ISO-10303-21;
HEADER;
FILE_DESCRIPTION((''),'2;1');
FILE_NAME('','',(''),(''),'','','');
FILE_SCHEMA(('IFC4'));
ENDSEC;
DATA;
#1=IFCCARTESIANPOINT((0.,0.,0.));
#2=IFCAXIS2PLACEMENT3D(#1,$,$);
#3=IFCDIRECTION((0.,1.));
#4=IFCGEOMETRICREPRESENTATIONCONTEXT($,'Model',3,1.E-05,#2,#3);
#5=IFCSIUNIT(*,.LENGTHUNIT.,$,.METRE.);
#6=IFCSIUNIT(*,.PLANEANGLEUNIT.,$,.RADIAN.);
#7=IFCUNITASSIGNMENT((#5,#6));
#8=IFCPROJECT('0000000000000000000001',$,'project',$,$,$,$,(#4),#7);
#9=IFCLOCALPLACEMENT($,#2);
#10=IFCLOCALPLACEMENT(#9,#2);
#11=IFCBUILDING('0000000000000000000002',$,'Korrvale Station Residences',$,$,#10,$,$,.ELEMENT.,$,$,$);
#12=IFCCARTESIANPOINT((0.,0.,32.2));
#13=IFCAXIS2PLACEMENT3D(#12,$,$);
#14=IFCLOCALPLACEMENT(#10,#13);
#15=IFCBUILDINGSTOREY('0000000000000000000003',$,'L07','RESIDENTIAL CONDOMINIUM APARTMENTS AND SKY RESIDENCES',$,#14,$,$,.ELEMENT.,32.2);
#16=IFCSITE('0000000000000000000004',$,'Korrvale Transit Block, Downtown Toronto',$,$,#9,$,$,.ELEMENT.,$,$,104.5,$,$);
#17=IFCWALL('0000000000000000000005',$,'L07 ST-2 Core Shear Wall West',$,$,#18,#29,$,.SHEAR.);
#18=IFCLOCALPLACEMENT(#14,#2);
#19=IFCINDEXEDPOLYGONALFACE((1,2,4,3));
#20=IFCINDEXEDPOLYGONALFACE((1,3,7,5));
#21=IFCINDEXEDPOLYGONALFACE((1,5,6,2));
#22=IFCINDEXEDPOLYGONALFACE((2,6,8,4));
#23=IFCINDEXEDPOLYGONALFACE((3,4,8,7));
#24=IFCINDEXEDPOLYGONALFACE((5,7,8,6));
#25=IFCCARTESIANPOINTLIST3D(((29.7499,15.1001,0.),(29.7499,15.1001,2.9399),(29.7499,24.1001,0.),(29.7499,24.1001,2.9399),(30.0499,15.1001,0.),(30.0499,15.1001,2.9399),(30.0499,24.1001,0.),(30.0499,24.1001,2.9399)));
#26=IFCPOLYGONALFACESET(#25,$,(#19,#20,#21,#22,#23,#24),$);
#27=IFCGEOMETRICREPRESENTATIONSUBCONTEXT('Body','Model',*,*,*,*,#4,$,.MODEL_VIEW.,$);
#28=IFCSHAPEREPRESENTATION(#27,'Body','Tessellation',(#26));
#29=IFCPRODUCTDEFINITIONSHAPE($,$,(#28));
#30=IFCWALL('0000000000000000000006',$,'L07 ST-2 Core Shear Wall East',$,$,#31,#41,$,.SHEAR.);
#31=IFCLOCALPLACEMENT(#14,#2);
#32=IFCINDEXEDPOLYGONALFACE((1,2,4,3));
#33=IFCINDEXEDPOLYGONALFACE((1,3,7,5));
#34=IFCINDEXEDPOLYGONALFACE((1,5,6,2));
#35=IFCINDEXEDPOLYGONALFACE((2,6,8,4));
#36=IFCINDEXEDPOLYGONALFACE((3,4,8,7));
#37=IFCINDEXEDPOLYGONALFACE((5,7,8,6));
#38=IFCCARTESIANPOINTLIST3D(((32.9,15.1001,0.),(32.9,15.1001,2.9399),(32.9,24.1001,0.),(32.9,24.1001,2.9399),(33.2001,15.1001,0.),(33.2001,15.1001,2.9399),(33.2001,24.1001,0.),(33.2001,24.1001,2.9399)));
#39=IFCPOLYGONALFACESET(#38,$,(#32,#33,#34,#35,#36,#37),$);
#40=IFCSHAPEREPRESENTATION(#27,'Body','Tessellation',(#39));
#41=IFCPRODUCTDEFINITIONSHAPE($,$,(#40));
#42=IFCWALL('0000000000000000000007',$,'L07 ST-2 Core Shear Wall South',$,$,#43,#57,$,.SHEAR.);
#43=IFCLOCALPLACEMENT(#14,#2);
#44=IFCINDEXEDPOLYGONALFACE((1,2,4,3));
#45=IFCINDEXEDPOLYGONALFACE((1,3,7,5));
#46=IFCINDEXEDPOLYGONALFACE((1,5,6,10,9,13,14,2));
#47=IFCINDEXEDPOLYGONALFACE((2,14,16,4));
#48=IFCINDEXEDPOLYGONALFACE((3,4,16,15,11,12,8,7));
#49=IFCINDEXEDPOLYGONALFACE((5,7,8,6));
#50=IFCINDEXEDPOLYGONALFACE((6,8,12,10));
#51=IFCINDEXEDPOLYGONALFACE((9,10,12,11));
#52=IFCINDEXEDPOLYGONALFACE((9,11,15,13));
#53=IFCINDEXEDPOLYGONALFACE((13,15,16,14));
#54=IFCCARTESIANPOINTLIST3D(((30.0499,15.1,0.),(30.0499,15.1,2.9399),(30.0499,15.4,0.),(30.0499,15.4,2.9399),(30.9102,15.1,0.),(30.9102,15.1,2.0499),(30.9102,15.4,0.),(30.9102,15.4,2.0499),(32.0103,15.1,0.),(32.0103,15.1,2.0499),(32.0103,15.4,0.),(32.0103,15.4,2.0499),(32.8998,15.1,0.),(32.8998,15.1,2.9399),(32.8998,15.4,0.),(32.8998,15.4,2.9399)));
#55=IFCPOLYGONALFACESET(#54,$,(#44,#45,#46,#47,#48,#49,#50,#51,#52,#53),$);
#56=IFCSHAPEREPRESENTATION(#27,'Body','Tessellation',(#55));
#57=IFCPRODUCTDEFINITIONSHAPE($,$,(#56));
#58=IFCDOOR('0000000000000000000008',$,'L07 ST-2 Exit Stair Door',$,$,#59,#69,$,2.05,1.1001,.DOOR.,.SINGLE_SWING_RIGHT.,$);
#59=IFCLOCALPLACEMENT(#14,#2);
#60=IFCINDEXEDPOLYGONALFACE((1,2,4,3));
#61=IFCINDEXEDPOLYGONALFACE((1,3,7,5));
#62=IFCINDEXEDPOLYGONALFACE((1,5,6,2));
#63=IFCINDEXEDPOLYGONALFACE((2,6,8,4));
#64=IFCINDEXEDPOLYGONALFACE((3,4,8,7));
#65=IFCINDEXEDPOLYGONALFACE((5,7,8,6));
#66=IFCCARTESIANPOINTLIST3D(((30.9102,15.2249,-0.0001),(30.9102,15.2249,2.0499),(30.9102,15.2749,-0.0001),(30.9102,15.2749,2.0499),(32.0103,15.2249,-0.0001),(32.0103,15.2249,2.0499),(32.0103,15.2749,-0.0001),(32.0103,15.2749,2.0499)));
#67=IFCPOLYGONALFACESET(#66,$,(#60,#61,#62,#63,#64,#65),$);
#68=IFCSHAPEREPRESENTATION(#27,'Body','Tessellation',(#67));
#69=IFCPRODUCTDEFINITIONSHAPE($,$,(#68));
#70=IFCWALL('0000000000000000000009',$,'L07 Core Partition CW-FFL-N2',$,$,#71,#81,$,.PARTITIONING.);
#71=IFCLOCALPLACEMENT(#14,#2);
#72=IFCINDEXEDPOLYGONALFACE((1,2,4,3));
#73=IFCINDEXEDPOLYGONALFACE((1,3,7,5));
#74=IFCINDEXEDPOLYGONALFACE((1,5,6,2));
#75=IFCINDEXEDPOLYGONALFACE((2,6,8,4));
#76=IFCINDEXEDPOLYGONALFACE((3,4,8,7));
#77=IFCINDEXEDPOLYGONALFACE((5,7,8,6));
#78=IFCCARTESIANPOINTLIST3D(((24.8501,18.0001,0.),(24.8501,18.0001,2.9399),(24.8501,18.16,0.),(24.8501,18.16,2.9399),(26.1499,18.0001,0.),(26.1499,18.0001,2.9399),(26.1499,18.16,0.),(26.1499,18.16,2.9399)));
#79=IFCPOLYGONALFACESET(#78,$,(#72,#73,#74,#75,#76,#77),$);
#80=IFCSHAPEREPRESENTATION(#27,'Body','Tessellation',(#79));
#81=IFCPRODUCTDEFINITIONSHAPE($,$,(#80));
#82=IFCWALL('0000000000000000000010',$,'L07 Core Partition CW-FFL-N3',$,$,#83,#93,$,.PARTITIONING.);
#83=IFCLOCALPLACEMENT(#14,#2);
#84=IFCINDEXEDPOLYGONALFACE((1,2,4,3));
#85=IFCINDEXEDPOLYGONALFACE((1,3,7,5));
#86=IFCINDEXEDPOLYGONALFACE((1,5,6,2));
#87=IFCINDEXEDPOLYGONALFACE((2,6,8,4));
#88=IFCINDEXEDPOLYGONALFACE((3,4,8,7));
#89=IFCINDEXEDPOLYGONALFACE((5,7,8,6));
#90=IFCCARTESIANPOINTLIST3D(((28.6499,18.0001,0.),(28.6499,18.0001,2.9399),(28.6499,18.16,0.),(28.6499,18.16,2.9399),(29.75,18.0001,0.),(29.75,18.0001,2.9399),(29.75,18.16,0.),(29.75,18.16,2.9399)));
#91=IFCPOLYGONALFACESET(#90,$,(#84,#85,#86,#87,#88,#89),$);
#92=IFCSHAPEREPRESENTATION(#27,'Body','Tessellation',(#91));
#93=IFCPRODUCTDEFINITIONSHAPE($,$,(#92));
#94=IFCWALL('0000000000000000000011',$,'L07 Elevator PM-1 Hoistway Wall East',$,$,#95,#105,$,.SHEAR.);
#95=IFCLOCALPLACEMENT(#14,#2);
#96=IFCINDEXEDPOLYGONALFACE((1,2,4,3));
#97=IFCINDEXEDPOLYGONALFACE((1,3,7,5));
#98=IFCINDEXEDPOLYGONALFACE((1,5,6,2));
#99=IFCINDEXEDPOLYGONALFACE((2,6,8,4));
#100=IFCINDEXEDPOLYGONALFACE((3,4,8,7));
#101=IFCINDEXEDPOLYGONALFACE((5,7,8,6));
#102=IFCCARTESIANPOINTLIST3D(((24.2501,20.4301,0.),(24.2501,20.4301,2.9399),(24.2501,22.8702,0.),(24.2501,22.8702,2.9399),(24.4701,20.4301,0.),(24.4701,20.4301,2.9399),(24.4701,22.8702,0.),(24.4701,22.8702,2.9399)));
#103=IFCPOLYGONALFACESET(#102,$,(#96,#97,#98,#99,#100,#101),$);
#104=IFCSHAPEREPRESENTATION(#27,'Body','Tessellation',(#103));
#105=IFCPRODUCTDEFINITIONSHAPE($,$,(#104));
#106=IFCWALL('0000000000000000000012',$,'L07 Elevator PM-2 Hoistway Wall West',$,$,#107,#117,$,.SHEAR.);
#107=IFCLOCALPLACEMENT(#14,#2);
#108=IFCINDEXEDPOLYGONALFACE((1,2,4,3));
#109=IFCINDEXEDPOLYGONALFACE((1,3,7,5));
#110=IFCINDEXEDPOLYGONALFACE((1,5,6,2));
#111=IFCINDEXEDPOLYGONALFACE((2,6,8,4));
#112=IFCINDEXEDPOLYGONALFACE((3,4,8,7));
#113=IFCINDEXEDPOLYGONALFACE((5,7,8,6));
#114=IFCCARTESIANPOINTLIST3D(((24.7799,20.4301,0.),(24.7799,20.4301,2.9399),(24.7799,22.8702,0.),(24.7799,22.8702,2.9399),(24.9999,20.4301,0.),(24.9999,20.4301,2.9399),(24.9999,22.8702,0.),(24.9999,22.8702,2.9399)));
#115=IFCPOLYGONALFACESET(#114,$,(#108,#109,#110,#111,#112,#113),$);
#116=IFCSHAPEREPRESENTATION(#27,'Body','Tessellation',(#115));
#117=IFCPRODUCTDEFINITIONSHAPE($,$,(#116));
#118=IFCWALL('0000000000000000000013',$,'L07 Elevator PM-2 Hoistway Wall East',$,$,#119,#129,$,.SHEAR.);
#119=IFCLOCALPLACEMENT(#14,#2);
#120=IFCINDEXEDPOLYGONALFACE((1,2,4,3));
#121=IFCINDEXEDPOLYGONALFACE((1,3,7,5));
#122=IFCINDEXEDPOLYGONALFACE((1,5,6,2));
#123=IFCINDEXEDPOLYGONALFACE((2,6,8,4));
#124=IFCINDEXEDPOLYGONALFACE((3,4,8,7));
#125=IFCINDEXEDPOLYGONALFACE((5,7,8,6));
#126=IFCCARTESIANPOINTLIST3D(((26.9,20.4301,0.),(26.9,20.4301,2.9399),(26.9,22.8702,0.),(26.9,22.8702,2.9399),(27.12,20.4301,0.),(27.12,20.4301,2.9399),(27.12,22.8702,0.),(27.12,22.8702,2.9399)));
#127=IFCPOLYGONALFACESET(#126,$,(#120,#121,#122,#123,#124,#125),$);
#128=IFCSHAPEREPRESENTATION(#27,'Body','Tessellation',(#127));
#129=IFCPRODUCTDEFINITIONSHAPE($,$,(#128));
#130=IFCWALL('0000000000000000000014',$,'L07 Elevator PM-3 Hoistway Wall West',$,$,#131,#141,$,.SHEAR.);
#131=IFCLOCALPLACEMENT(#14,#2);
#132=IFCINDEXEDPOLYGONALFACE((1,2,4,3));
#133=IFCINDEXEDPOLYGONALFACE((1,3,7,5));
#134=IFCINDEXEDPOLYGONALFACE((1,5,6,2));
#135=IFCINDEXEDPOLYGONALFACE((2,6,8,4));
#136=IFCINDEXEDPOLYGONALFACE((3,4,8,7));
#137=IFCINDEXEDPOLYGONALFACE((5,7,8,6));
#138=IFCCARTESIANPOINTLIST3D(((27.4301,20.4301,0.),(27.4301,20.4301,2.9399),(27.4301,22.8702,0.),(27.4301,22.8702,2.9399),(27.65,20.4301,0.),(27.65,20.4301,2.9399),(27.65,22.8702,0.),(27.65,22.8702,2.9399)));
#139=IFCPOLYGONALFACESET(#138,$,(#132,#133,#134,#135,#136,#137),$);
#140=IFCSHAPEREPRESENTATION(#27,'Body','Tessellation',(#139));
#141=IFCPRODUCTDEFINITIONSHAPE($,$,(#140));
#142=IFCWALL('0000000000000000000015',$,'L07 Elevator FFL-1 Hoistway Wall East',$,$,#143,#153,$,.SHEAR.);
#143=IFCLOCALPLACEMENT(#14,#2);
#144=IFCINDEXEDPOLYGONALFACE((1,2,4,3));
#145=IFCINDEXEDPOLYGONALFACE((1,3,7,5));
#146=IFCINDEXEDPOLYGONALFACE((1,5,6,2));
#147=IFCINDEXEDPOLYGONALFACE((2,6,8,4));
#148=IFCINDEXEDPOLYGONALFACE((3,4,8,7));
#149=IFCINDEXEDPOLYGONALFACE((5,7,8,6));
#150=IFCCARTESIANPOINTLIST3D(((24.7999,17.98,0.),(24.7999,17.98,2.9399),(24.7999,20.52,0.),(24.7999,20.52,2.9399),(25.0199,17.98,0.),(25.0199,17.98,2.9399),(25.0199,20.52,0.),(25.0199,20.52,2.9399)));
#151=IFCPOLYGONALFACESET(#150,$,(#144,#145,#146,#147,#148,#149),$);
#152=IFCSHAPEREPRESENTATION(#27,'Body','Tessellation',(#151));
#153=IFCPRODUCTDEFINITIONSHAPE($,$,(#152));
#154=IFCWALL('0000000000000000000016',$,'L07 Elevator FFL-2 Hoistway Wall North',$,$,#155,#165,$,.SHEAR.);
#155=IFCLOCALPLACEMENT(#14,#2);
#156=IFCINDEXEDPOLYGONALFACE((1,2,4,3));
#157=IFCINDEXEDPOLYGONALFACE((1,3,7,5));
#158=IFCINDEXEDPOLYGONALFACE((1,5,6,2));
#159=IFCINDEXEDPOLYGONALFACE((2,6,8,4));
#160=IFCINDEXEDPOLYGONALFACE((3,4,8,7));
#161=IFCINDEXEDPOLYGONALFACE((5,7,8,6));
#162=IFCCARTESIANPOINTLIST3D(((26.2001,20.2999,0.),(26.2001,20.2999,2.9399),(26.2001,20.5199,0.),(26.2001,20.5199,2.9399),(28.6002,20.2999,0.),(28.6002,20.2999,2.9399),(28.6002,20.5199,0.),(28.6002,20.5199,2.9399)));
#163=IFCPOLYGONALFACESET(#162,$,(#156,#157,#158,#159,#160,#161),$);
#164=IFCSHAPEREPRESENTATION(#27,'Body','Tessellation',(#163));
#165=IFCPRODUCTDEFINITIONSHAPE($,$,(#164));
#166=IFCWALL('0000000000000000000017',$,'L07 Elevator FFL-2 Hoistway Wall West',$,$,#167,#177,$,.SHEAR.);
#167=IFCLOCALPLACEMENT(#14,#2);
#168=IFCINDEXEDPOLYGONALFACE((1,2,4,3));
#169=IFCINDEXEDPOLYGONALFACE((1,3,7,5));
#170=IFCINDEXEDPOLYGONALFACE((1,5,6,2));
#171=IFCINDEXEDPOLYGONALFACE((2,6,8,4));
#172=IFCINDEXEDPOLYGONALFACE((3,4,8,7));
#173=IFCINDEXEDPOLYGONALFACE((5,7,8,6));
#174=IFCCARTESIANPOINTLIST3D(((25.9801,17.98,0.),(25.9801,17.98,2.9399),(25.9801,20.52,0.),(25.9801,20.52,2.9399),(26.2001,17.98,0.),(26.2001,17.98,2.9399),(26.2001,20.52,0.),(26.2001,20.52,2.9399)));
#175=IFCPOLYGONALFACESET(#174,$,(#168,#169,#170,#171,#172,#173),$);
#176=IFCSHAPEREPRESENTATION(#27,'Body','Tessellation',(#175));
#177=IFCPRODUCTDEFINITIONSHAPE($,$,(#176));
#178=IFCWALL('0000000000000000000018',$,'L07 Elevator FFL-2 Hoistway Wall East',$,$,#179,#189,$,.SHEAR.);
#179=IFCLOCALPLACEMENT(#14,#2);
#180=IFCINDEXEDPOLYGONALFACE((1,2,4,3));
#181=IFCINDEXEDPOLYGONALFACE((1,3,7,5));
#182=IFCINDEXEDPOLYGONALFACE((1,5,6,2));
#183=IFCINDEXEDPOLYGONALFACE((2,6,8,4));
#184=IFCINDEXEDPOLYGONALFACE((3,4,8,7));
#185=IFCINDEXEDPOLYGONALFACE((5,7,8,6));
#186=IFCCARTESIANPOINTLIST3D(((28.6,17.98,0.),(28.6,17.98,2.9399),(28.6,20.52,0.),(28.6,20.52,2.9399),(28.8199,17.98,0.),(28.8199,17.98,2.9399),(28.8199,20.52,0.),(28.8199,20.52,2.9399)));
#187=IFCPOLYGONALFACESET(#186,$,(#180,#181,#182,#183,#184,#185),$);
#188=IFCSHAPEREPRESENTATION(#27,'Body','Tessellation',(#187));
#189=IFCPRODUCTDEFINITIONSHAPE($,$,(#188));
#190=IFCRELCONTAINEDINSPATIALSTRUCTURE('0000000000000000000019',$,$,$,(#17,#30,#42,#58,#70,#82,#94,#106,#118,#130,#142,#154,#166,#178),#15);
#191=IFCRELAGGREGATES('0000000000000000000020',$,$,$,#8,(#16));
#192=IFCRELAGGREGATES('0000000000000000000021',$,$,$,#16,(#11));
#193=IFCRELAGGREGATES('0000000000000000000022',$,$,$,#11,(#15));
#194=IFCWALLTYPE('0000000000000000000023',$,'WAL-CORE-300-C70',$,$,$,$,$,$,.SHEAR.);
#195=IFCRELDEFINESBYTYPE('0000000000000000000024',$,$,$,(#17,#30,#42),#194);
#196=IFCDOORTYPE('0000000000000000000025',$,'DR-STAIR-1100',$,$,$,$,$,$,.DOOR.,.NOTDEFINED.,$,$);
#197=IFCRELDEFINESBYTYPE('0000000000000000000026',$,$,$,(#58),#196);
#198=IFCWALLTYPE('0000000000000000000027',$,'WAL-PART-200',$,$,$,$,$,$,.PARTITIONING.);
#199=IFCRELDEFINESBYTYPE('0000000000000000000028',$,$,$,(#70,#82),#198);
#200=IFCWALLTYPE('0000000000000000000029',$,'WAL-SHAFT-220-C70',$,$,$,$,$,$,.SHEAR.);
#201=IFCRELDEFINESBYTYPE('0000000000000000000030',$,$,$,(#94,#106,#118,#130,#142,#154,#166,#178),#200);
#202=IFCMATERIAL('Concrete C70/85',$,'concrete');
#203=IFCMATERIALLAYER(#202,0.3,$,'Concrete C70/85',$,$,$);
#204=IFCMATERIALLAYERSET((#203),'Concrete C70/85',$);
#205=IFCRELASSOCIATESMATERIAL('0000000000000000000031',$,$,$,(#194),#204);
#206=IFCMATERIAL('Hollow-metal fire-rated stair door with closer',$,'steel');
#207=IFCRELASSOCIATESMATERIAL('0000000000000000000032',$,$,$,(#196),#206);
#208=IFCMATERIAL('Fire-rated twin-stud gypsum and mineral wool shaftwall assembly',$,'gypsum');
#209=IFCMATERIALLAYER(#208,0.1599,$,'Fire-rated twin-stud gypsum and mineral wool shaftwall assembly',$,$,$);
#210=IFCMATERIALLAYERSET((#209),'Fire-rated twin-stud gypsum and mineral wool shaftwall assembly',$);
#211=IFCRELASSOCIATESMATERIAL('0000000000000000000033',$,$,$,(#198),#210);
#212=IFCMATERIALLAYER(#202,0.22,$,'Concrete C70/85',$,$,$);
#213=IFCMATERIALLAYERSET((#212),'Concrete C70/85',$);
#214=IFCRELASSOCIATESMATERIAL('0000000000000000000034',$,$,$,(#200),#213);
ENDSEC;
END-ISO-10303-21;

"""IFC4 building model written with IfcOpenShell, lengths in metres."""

from ifc_helpers import new_model, si_unit, direction, frame, frame_2d, origin, place, context, subcontext, project, spatial, rectangle, extrude, material, layer, layer_set, type_object, element, fill, save


model = new_model("IFC4")

# Units and contexts
model_context = context("Model", 3, precision=1e-05, world=origin(), true_north=direction((0.0, 1.0)))
body_context = subcontext(model_context, "Body", "Model", "MODEL_VIEW")
ifc_project = project(units=[si_unit("LENGTHUNIT", "METRE"), si_unit("PLANEANGLEUNIT", "RADIAN")], contexts=[model_context])

# Site, building, storey
site_placement = place(None, origin())
site = spatial("IfcSite", under=ifc_project, at=site_placement, Name="Korrvale Transit Block, Downtown Toronto", CompositionType="ELEMENT", RefElevation=104.5)
building_placement = place(site_placement, origin())
building = spatial("IfcBuilding", under=site, at=building_placement, Name="Korrvale Station Residences", CompositionType="ELEMENT")
storey_placement = place(building_placement, frame((0.0, 0.0, 32.2)))
storey = spatial("IfcBuildingStorey", under=building, at=storey_placement, Name="L07", Description="RESIDENTIAL CONDOMINIUM APARTMENTS AND SKY RESIDENCES", CompositionType="ELEMENT", Elevation=32.2)

# Walls
ifc_material_1 = material(Name="Concrete C70/85", Category="concrete")
ifc_layer_1 = layer(ifc_material_1, 0.3, Name="Concrete C70/85")
ifc_layer_set_1 = layer_set([ifc_layer_1], Name="Concrete C70/85")
wall_type_1 = type_object("IfcWallType", Name="WAL-CORE-300-C70", PredefinedType="SHEAR", material=ifc_layer_set_1)
for number, where, z_axis, x_axis, name in (
    (1, (29.8999, 15.1001, 0.0), (0.0, 0.0, 1.0), (0.0, 1.0, 0.0), "L07 ST-2 Core Shear Wall West"),
    (2, (33.05, 15.1001, 0.0), (0.0, 0.0, 1.0), (0.0, 1.0, 0.0), "L07 ST-2 Core Shear Wall East"),
):
    element("IfcWall", number, at=place(storey_placement, frame(where, z_axis=z_axis, x_axis=x_axis)), inside=storey, type_object=wall_type_1, Name=name, PredefinedType="SHEAR", context=body_context, shape_type="SweptSolid", body=[
        extrude(rectangle(XDim=9.0, YDim=0.3, at=frame_2d((4.5, 0.0))), origin(), (0.0, 0.0, 1.0), 2.9399),
    ])

# Wall, opening, door
wall_1_placement = place(storey_placement, frame((30.05, 15.25, 0.0), z_axis=(0.0, 0.0, 1.0), x_axis=(1.0, 0.0, 0.0)))
wall_1 = element("IfcWall", 3, at=wall_1_placement, inside=storey, type_object=wall_type_1, Name="L07 ST-2 Core Shear Wall South", PredefinedType="SHEAR", context=body_context, shape_type="SweptSolid", body=[
    extrude(rectangle(XDim=2.8499, YDim=0.3, at=frame_2d((1.4248, 0.0))), origin(), (0.0, 0.0, 1.0), 2.9399),
])
opening_1_placement = place(wall_1_placement, frame((0.8601, 0.0, 0.0)))
opening_1 = element("IfcOpeningElement", 4, at=opening_1_placement, cuts=wall_1, PredefinedType="OPENING", context=body_context, shape_type="SweptSolid", body=[
    extrude(rectangle(XDim=1.1001, YDim=2.05, at=frame_2d((0.55, 1.0249))), frame((0.0, 0.1602, 0.0), z_axis=(0.0, -1.0, 0.0), x_axis=(1.0, 0.0, 0.0)), (0.0, 0.0, 1.0), 0.3201),
])
ifc_material_2 = material(Name="Hollow-metal fire-rated stair door with closer", Category="steel")
door_type_1 = type_object("IfcDoorType", Name="DR-STAIR-1100", OperationType="NOTDEFINED", PredefinedType="DOOR", material=ifc_material_2)
door_1_placement = place(opening_1_placement, origin())
door_1 = element("IfcDoor", 5, at=door_1_placement, inside=storey, type_object=door_type_1, Name="L07 ST-2 Exit Stair Door", OperationType="SINGLE_SWING_RIGHT", OverallHeight=2.05, OverallWidth=1.1001, PredefinedType="DOOR", context=body_context, shape_type="SweptSolid", body=[
    extrude(rectangle(XDim=1.1001, YDim=2.05, at=frame_2d((0.55, 1.0249))), frame((0.0, 0.0249, 0.0), z_axis=(0.0, -1.0, 0.0), x_axis=(1.0, 0.0, 0.0)), (0.0, 0.0, 1.0), 0.05),
])
fill(opening_1, door_1)

# Walls
ifc_material_3 = material(Name="Fire-rated twin-stud gypsum and mineral wool shaftwall assembly", Category="gypsum")
ifc_layer_2 = layer(ifc_material_3, 0.1599, Name="Fire-rated twin-stud gypsum and mineral wool shaftwall assembly")
ifc_layer_set_2 = layer_set([ifc_layer_2], Name="Fire-rated twin-stud gypsum and mineral wool shaftwall assembly")
wall_type_2 = type_object("IfcWallType", Name="WAL-PART-200", PredefinedType="PARTITIONING", material=ifc_layer_set_2)
wall_2_placement = place(storey_placement, frame((24.8501, 18.0801, 0.0), z_axis=(0.0, 0.0, 1.0), x_axis=(1.0, 0.0, 0.0)))
element("IfcWall", 6, at=wall_2_placement, inside=storey, type_object=wall_type_2, Name="L07 Core Partition CW-FFL-N2", PredefinedType="PARTITIONING", context=body_context, shape_type="SweptSolid", body=[
    extrude(rectangle(XDim=1.2998, YDim=0.1599, at=frame_2d((0.6499, 0.0))), origin(), (0.0, 0.0, 1.0), 2.9399),
])
wall_3_placement = place(storey_placement, frame((28.6499, 18.0801, 0.0), z_axis=(0.0, 0.0, 1.0), x_axis=(1.0, 0.0, 0.0)))
element("IfcWall", 7, at=wall_3_placement, inside=storey, type_object=wall_type_2, Name="L07 Core Partition CW-FFL-N3", PredefinedType="PARTITIONING", context=body_context, shape_type="SweptSolid", body=[
    extrude(rectangle(XDim=1.1001, YDim=0.1599, at=frame_2d((0.55, 0.0))), origin(), (0.0, 0.0, 1.0), 2.9399),
])
ifc_layer_3 = layer(ifc_material_1, 0.22, Name="Concrete C70/85")
ifc_layer_set_3 = layer_set([ifc_layer_3], Name="Concrete C70/85")
wall_type_3 = type_object("IfcWallType", Name="WAL-SHAFT-220-C70", PredefinedType="SHEAR", material=ifc_layer_set_3)
for number, where, z_axis, x_axis, name in (
    (8, (24.3601, 20.4299, 0.0), (0.0, 0.0, 1.0), (0.0, 1.0, 0.0), "L07 Elevator PM-1 Hoistway Wall East"),
    (9, (24.8899, 20.4299, 0.0), (0.0, 0.0, 1.0), (0.0, 1.0, 0.0), "L07 Elevator PM-2 Hoistway Wall West"),
    (10, (27.01, 20.4299, 0.0), (0.0, 0.0, 1.0), (0.0, 1.0, 0.0), "L07 Elevator PM-2 Hoistway Wall East"),
    (11, (27.54, 20.4299, 0.0), (0.0, 0.0, 1.0), (0.0, 1.0, 0.0), "L07 Elevator PM-3 Hoistway Wall West"),
):
    element("IfcWall", number, at=place(storey_placement, frame(where, z_axis=z_axis, x_axis=x_axis)), inside=storey, type_object=wall_type_3, Name=name, PredefinedType="SHEAR", context=body_context, shape_type="SweptSolid", body=[
        extrude(rectangle(XDim=2.4402, YDim=0.22, at=frame_2d((1.2202, 0.0))), origin(), (0.0, 0.0, 1.0), 2.9399),
    ])
wall_4_placement = place(storey_placement, frame((24.9099, 17.98, 0.0), z_axis=(0.0, 0.0, 1.0), x_axis=(0.0, 1.0, 0.0)))
element("IfcWall", 12, at=wall_4_placement, inside=storey, type_object=wall_type_3, Name="L07 Elevator FFL-1 Hoistway Wall East", PredefinedType="SHEAR", context=body_context, shape_type="SweptSolid", body=[
    extrude(rectangle(XDim=2.54, YDim=0.22, at=frame_2d((1.27, 0.0))), origin(), (0.0, 0.0, 1.0), 2.9399),
])

# Walls
wall_5_placement = place(storey_placement, frame((26.2, 20.4099, 0.0), z_axis=(0.0, 0.0, 1.0), x_axis=(1.0, 0.0, 0.0)))
element("IfcWall", 13, at=wall_5_placement, inside=storey, type_object=wall_type_3, Name="L07 Elevator FFL-2 Hoistway Wall North", PredefinedType="SHEAR", context=body_context, shape_type="SweptSolid", body=[
    extrude(rectangle(XDim=2.4001, YDim=0.22, at=frame_2d((1.2002, 0.0))), origin(), (0.0, 0.0, 1.0), 2.9399),
])
for number, where, z_axis, x_axis, name in (
    (14, (26.0901, 17.98, 0.0), (0.0, 0.0, 1.0), (0.0, 1.0, 0.0), "L07 Elevator FFL-2 Hoistway Wall West"),
    (15, (28.71, 17.98, 0.0), (0.0, 0.0, 1.0), (0.0, 1.0, 0.0), "L07 Elevator FFL-2 Hoistway Wall East"),
):
    element("IfcWall", number, at=place(storey_placement, frame(where, z_axis=z_axis, x_axis=x_axis)), inside=storey, type_object=wall_type_3, Name=name, PredefinedType="SHEAR", context=body_context, shape_type="SweptSolid", body=[
        extrude(rectangle(XDim=2.54, YDim=0.22, at=frame_2d((1.27, 0.0))), origin(), (0.0, 0.0, 1.0), 2.9399),
    ])

save(model, "model.ifc")
